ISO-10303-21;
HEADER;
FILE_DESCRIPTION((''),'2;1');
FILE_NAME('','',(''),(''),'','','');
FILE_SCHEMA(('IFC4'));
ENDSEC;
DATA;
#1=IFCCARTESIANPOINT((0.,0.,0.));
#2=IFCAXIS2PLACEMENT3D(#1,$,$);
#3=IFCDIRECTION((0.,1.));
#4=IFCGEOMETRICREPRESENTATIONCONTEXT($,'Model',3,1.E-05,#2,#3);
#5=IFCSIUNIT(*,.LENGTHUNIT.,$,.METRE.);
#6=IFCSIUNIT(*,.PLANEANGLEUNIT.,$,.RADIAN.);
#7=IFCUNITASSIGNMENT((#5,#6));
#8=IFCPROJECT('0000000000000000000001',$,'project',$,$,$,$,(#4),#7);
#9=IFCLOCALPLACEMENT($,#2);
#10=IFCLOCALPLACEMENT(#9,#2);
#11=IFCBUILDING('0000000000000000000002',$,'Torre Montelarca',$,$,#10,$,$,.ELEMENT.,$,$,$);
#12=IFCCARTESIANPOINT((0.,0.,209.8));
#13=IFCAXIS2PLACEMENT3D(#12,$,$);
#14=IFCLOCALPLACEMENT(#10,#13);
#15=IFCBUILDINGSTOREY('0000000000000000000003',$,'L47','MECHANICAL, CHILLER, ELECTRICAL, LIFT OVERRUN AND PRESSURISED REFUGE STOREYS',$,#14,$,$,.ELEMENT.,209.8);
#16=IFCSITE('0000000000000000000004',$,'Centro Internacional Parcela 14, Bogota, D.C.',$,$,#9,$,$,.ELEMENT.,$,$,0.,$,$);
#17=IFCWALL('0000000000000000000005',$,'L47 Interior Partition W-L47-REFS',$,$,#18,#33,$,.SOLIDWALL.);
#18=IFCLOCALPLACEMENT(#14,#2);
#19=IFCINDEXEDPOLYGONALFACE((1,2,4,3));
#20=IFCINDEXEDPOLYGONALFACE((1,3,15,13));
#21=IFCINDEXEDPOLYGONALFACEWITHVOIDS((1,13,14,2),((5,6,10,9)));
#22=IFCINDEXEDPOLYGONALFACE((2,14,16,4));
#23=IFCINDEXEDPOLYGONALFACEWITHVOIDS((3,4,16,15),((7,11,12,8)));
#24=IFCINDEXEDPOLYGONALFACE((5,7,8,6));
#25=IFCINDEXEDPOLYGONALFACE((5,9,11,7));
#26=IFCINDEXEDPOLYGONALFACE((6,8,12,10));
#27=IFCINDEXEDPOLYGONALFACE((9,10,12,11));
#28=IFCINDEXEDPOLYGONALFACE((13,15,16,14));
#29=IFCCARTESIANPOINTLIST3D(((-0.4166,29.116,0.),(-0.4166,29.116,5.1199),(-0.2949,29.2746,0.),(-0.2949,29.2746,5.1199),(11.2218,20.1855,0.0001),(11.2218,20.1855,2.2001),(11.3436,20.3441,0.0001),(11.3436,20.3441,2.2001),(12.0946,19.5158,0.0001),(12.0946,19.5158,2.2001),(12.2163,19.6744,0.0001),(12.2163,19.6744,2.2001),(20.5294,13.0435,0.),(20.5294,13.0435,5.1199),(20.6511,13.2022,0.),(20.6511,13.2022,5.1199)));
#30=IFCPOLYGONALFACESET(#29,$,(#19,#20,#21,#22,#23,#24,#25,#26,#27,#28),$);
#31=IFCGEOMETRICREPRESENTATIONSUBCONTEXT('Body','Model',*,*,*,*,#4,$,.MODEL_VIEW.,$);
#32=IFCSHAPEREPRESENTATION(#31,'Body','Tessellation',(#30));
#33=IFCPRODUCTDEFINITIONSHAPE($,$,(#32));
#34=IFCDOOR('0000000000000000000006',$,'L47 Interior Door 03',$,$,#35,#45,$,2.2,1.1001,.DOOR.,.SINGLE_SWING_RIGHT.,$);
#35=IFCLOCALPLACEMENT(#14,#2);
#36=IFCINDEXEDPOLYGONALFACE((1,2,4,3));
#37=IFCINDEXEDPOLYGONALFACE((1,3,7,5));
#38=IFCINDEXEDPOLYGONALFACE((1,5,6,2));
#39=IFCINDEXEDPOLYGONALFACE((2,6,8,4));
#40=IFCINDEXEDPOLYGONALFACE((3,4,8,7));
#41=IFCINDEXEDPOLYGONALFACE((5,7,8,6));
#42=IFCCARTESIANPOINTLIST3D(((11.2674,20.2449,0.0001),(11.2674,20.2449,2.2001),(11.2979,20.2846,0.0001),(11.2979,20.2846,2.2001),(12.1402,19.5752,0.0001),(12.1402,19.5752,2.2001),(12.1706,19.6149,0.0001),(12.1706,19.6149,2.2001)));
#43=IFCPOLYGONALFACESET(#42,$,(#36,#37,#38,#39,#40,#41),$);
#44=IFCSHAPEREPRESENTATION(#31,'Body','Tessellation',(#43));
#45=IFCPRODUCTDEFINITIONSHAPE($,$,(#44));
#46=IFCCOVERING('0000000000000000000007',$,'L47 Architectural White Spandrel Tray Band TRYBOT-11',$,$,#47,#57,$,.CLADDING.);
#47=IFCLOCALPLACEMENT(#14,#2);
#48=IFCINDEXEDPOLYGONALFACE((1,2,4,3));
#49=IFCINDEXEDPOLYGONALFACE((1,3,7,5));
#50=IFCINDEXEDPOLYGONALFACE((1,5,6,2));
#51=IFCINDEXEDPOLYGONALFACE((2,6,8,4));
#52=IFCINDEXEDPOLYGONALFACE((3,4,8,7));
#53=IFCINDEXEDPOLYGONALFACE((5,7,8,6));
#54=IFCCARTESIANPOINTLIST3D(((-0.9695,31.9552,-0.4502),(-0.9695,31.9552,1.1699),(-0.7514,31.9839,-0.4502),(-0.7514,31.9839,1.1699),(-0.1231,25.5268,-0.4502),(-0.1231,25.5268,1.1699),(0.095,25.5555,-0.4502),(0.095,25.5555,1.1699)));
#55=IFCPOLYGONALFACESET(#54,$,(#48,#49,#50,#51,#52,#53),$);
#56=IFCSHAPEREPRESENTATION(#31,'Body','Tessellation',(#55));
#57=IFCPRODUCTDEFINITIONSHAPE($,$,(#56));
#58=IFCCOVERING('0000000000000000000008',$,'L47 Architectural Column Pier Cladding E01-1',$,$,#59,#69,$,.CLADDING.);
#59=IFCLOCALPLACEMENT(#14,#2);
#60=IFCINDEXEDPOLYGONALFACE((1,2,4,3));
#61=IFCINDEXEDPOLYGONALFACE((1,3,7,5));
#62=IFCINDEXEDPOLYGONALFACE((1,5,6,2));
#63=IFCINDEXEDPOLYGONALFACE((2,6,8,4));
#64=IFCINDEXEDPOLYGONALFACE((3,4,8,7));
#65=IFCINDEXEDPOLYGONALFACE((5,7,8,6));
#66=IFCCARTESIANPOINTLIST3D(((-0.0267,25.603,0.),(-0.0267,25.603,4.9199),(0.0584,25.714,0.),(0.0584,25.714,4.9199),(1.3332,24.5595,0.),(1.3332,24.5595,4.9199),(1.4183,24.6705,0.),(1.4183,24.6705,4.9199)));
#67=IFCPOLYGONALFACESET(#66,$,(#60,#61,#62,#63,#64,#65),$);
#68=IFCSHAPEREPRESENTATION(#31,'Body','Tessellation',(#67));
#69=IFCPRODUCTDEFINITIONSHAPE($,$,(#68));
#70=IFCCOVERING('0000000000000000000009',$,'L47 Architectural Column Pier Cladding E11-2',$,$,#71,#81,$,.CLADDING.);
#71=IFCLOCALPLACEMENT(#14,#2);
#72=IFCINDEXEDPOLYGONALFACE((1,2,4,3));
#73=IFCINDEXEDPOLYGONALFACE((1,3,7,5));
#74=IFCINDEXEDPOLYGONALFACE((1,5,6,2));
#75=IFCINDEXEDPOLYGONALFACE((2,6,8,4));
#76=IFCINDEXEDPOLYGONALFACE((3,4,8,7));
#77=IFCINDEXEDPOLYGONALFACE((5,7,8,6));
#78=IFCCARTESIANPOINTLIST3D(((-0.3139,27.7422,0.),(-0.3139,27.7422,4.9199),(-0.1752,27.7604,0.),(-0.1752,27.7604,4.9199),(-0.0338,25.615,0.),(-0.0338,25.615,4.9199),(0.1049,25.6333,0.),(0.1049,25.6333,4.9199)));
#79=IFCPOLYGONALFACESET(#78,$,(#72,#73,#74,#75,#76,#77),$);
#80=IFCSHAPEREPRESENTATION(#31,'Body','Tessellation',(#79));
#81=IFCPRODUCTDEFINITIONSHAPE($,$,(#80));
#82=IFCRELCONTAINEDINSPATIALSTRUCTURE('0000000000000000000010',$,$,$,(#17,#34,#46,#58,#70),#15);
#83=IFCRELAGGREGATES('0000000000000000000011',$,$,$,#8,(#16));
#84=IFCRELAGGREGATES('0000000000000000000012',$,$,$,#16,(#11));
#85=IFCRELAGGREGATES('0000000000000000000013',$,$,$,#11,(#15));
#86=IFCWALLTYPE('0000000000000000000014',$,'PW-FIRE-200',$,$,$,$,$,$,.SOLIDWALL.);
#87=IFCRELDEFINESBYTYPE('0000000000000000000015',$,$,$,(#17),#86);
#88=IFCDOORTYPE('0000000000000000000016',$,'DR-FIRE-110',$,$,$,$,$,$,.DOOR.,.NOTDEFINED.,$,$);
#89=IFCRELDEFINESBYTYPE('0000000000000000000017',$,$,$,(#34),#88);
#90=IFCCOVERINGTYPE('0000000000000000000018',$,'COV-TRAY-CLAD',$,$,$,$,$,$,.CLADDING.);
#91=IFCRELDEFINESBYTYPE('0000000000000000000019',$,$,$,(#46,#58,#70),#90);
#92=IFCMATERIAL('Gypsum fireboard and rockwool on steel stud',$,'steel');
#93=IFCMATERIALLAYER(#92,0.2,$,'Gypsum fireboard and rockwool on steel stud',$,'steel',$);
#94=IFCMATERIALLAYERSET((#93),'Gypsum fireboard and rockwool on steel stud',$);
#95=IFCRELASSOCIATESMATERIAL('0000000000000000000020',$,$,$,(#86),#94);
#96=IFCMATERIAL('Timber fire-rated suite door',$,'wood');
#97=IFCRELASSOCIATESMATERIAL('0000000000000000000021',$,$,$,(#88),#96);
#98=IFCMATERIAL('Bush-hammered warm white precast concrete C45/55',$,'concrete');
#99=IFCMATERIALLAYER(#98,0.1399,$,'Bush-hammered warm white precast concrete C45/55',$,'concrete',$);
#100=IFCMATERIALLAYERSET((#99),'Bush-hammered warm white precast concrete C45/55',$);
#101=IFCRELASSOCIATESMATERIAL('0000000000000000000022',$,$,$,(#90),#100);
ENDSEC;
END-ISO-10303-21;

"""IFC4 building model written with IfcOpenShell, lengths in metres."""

from ifc_helpers import new_model, si_unit, direction, frame, frame_2d, origin, origin_2d, place, context, subcontext, project, spatial, rectangle, extrude, source, transform, mapped, material, layer, layer_set, type_object, element, fill, save


model = new_model("IFC4")

# Units and contexts
model_context = context("Model", 3, precision=1e-05, world=origin(), true_north=direction((0.0, 1.0)))
body_context = subcontext(model_context, "Body", "Model", "MODEL_VIEW")
ifc_project = project(units=[si_unit("LENGTHUNIT", "METRE"), si_unit("PLANEANGLEUNIT", "RADIAN")], contexts=[model_context])

# Site, building, storey
site_placement = place(None, origin())
site = spatial("IfcSite", under=ifc_project, at=site_placement, Name="Centro Internacional Parcela 14, Bogota, D.C.", CompositionType="ELEMENT", RefElevation=0.0)
building_placement = place(site_placement, origin())
building = spatial("IfcBuilding", under=site, at=building_placement, Name="Torre Montelarca", CompositionType="ELEMENT")
storey_placement = place(building_placement, frame((0.0, 0.0, 209.8)))
storey = spatial("IfcBuildingStorey", under=building, at=storey_placement, Name="L47", Description="MECHANICAL, CHILLER, ELECTRICAL, LIFT OVERRUN AND PRESSURISED REFUGE STOREYS", CompositionType="ELEMENT", Elevation=209.8)

# Wall, opening, door
ifc_material_1 = material(Name="Gypsum fireboard and rockwool on steel stud", Category="steel")
ifc_layer_1 = layer(ifc_material_1, 0.2, Name="Gypsum fireboard and rockwool on steel stud", Category="steel")
ifc_layer_set_1 = layer_set([ifc_layer_1], Name="Gypsum fireboard and rockwool on steel stud")
wall_type = type_object("IfcWallType", Name="PW-FIRE-200", PredefinedType="SOLIDWALL", material=ifc_layer_set_1)
wall_placement = place(storey_placement, frame((-0.3557, 29.1953, 0.0), z_axis=(0.0, 0.0, 1.0), x_axis=(0.793353, -0.608762, 0.0)))
wall = element("IfcWall", 1, at=wall_placement, inside=storey, type_object=wall_type, Name="L47 Interior Partition W-L47-REFS", PredefinedType="SOLIDWALL", context=body_context, shape_type="SweptSolid", body=[
    extrude(rectangle(XDim=26.4019, YDim=0.2, at=frame_2d((13.2009, 0.0))), origin(), (0.0, 0.0, 1.0), 5.1199),
])
opening_placement = place(wall_placement, frame((14.6699, 0.0, 0.0)))
opening = element("IfcOpeningElement", 2, at=opening_placement, cuts=wall, PredefinedType="OPENING", context=body_context, shape_type="SweptSolid", body=[
    extrude(rectangle(XDim=1.1001, YDim=2.2, at=frame_2d((0.55, 1.1001))), frame((0.0, 0.1099, 0.0), z_axis=(0.0, -1.0, 0.0), x_axis=(1.0, 0.0, 0.0)), (0.0, 0.0, 1.0), 0.22),
])
ifc_material_2 = material(Name="Timber fire-rated suite door", Category="wood")
door_type = type_object("IfcDoorType", Name="DR-FIRE-110", OperationType="NOTDEFINED", PredefinedType="DOOR", material=ifc_material_2)
shared_shape_1 = source(origin(), body_context, "Body", "SweptSolid", [
    extrude(rectangle(XDim=1.1001, YDim=2.2, at=frame_2d((0.55, 1.1001))), frame((0.0, 0.0249, 0.0), z_axis=(0.0, -1.0, 0.0), x_axis=(1.0, 0.0, 0.0)), (0.0, 0.0, 1.0), 0.05),
])
door_placement = place(opening_placement, origin())
door = element("IfcDoor", 3, at=door_placement, inside=storey, type_object=door_type, Name="L47 Interior Door 03", OperationType="SINGLE_SWING_RIGHT", OverallHeight=2.2, OverallWidth=1.1001, PredefinedType="DOOR", context=body_context, shape_type="MappedRepresentation", body=[
    mapped(shared_shape_1, transform((0.0, 0.0, 0.0), scale=1.0)),
])
fill(opening, door)

# Coverings
ifc_material_3 = material(Name="Bush-hammered warm white precast concrete C45/55", Category="concrete")
ifc_layer_2 = layer(ifc_material_3, 0.1399, Name="Bush-hammered warm white precast concrete C45/55", Category="concrete")
ifc_layer_set_2 = layer_set([ifc_layer_2], Name="Bush-hammered warm white precast concrete C45/55")
covering_type = type_object("IfcCoveringType", Name="COV-TRAY-CLAD", PredefinedType="CLADDING", material=ifc_layer_set_2)
shared_shape_2 = source(origin(), body_context, "Body", "SweptSolid", [
    extrude(rectangle(XDim=6.4839, YDim=0.22, at=origin_2d()), origin(), (0.0, 0.0, 1.0), 1.6201),
])
covering_1_placement = place(storey_placement, frame((-0.4373, 28.7554, -0.4502), z_axis=(0.0, 0.0, 1.0), x_axis=(0.130531, -0.991444, 0.0)))
element("IfcCovering", 4, at=covering_1_placement, inside=storey, type_object=covering_type, Name="L47 Architectural White Spandrel Tray Band TRYBOT-11", PredefinedType="CLADDING", context=body_context, shape_type="MappedRepresentation", body=[
    mapped(shared_shape_2, transform((0.0, 0.0, 0.0), scale=1.0)),
])
shared_shape_3 = source(origin(), body_context, "Body", "SweptSolid", [
    extrude(rectangle(XDim=1.7141, YDim=0.1399, at=origin_2d()), origin(), (0.0, 0.0, 1.0), 4.9199),
])
covering_2_placement = place(storey_placement, frame((0.6958, 25.1367, 0.0), z_axis=(0.0, 0.0, 1.0), x_axis=(0.793352, -0.608763, 0.0)))
element("IfcCovering", 5, at=covering_2_placement, inside=storey, type_object=covering_type, Name="L47 Architectural Column Pier Cladding E01-1", PredefinedType="CLADDING", context=body_context, shape_type="MappedRepresentation", body=[
    mapped(shared_shape_3, transform((0.0, 0.0, 0.0), scale=1.0)),
])
shared_shape_4 = source(origin(), body_context, "Body", "SweptSolid", [
    extrude(rectangle(XDim=2.1455, YDim=0.1399, at=origin_2d()), origin(), (0.0, 0.0, 1.0), 4.9199),
])
covering_3_placement = place(storey_placement, frame((-0.1045, 26.6877, 0.0), z_axis=(0.0, 0.0, 1.0), x_axis=(0.130531, -0.991444, 0.0)))
element("IfcCovering", 6, at=covering_3_placement, inside=storey, type_object=covering_type, Name="L47 Architectural Column Pier Cladding E11-2", PredefinedType="CLADDING", context=body_context, shape_type="MappedRepresentation", body=[
    mapped(shared_shape_4, transform((0.0, 0.0, 0.0), scale=1.0)),
])

save(model, "model.ifc")
